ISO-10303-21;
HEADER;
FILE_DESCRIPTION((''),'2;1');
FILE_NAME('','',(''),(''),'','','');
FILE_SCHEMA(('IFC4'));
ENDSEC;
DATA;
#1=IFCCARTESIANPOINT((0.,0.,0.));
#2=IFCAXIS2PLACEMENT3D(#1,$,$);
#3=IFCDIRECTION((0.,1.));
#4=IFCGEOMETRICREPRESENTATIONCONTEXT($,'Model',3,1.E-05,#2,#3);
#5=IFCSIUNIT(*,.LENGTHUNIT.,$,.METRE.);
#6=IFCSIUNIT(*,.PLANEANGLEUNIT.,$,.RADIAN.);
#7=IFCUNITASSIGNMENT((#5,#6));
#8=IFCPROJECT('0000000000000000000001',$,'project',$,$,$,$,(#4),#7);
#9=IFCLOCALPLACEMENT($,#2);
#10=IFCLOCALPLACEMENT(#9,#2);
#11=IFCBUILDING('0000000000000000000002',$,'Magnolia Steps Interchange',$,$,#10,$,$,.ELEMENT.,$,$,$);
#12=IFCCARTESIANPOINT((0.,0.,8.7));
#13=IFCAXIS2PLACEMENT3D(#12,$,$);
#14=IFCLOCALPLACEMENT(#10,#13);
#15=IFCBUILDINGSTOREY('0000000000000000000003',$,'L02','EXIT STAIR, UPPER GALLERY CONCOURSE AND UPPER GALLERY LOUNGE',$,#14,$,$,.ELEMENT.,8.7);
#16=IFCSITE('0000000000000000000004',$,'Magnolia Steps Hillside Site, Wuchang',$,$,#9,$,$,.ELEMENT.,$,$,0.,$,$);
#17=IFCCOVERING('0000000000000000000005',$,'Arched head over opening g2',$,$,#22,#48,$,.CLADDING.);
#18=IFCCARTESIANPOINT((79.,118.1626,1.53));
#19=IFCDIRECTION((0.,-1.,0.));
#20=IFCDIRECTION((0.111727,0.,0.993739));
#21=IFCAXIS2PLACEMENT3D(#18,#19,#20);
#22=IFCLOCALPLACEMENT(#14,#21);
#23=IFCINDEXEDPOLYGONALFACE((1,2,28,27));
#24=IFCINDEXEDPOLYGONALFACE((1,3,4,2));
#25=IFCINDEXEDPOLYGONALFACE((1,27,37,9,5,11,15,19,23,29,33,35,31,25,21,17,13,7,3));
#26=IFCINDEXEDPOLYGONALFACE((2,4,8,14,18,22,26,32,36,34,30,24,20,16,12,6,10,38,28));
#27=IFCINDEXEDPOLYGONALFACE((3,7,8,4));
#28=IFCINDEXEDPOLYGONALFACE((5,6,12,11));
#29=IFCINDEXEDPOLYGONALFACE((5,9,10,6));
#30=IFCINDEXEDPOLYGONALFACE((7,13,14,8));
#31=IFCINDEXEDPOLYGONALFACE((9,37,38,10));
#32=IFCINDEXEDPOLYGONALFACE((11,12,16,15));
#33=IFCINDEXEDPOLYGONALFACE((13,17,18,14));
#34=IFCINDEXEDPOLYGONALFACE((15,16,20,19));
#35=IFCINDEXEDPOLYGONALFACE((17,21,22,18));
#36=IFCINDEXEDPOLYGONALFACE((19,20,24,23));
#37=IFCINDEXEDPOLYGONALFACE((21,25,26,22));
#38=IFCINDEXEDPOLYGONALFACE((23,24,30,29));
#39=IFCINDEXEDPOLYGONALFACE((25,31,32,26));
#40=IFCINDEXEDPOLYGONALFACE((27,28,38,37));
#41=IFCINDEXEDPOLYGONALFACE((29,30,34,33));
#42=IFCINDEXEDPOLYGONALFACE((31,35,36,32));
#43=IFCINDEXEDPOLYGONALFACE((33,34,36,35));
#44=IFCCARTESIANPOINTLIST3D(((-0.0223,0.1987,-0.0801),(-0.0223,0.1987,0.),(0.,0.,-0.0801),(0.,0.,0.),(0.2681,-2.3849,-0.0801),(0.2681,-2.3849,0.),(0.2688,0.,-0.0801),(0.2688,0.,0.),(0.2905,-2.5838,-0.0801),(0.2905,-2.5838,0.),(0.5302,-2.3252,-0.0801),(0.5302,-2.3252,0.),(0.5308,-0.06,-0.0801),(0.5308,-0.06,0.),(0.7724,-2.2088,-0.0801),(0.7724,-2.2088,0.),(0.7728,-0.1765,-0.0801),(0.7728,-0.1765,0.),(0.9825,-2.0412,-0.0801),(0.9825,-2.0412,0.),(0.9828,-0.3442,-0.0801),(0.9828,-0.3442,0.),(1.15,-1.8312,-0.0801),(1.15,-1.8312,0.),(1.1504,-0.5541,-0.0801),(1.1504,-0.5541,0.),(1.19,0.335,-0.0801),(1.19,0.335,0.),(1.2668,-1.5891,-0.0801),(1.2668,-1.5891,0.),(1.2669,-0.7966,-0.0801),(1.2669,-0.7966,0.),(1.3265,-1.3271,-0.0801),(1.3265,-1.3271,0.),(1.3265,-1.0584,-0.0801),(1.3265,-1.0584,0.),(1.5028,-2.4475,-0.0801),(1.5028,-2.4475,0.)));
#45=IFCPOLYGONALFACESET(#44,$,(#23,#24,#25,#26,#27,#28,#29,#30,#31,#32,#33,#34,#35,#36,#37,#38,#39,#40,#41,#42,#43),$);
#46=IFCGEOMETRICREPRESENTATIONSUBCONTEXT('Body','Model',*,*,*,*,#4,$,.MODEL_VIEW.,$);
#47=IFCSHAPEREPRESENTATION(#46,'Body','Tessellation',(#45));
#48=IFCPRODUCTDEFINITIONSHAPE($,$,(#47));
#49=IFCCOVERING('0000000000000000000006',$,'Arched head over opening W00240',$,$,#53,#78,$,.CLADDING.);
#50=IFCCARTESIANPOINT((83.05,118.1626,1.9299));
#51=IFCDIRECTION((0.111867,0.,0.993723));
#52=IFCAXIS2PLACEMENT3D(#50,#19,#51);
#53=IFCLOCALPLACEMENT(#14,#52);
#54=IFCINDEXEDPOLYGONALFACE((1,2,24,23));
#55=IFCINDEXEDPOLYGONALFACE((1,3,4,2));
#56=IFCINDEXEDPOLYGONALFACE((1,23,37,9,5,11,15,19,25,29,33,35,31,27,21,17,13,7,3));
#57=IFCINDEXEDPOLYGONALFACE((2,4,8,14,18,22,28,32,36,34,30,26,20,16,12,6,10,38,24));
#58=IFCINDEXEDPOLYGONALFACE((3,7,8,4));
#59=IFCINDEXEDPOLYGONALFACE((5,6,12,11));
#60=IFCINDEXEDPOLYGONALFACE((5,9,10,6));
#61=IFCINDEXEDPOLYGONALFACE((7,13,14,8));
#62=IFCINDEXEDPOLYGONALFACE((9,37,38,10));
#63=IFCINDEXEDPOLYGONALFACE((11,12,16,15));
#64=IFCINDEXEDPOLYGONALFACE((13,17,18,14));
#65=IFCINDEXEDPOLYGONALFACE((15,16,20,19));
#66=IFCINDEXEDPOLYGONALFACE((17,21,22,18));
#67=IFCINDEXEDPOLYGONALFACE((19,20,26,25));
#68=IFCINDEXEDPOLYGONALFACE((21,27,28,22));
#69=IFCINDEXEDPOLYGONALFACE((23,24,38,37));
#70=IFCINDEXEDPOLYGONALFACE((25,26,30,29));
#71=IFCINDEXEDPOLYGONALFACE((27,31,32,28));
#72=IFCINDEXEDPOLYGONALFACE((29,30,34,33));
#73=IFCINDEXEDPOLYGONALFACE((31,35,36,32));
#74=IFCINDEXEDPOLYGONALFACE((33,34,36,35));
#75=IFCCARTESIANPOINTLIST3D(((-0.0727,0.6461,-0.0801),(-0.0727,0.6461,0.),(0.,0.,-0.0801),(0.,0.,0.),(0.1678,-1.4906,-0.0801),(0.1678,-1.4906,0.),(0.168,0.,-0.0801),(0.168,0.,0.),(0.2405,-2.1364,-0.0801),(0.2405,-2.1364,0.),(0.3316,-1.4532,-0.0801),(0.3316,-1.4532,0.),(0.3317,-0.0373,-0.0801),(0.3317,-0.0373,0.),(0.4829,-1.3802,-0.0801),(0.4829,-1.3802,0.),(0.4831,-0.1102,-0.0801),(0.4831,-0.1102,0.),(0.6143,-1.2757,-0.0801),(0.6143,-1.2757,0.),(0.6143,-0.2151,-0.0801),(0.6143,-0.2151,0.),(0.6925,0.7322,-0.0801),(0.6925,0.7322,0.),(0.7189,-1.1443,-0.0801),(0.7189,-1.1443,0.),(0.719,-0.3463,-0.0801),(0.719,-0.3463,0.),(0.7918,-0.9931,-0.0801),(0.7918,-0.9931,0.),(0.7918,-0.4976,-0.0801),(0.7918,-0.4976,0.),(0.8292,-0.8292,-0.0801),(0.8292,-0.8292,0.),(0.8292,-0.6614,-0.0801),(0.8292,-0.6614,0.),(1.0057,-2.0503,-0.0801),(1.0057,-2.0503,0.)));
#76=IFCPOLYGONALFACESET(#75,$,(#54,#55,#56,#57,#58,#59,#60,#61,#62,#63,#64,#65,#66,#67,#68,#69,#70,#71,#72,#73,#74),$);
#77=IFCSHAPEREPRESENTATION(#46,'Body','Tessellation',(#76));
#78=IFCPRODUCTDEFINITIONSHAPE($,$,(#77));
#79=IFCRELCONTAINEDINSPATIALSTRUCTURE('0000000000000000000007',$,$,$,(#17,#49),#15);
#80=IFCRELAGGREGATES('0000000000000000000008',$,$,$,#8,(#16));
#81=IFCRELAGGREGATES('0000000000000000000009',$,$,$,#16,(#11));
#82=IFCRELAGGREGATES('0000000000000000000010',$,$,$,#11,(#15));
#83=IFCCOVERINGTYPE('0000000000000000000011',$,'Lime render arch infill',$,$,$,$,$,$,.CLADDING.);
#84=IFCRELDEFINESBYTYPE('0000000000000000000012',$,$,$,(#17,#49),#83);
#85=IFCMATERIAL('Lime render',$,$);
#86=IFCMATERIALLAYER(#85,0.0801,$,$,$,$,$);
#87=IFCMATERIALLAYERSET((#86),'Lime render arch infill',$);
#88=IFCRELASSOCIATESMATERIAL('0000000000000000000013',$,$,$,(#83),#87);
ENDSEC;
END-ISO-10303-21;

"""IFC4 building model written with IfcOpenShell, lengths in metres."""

from ifc_helpers import new_model, si_unit, direction, frame, origin, place, context, subcontext, project, spatial, polyline, outline, extrude, material, layer, layer_set, type_object, element, save


model = new_model("IFC4")

# Units and contexts
model_context = context("Model", 3, precision=1e-05, world=origin(), true_north=direction((0.0, 1.0)))
body_context = subcontext(model_context, "Body", "Model", "MODEL_VIEW")
ifc_project = project(units=[si_unit("LENGTHUNIT", "METRE"), si_unit("PLANEANGLEUNIT", "RADIAN")], contexts=[model_context])

# Site, building, storey
site_placement = place(None, origin())
site = spatial("IfcSite", under=ifc_project, at=site_placement, Name="Magnolia Steps Hillside Site, Wuchang", CompositionType="ELEMENT", RefElevation=0.0)
building_placement = place(site_placement, origin())
building = spatial("IfcBuilding", under=site, at=building_placement, Name="Magnolia Steps Interchange", CompositionType="ELEMENT")
storey_placement = place(building_placement, frame((0.0, 0.0, 8.7)))
storey = spatial("IfcBuildingStorey", under=building, at=storey_placement, Name="L02", Description="EXIT STAIR, UPPER GALLERY CONCOURSE AND UPPER GALLERY LOUNGE", CompositionType="ELEMENT", Elevation=8.7)

# Coverings
ifc_material_1 = material(Name="Lime render")
ifc_layer_1 = layer(ifc_material_1, 0.0801)
ifc_layer_set_1 = layer_set([ifc_layer_1], Name="Lime render arch infill")
covering_type_1 = type_object("IfcCoveringType", Name="Lime render arch infill", PredefinedType="CLADDING", material=ifc_layer_set_1)
covering_1_placement = place(storey_placement, frame((79.0, 118.1626, 1.53), z_axis=(0.0, -1.0, 0.0), x_axis=(0.111727, 0.0, 0.993739)))
element("IfcCovering", 1, at=covering_1_placement, inside=storey, type_object=covering_type_1, Name="Arched head over opening g2", PredefinedType="CLADDING", context=body_context, shape_type="SweptSolid", body=[
    extrude(outline(polyline([(0.0, 0.0), (0.2688, 0.0), (0.5308, -0.06), (0.7728, -0.1765), (0.9828, -0.3442), (1.1504, -0.5541), (1.2669, -0.7966), (1.3265, -1.0584), (1.3265, -1.3271), (1.2668, -1.5891), (1.15, -1.8312), (0.9825, -2.0412), (0.7724, -2.2088), (0.5302, -2.3252), (0.2681, -2.3849), (0.2905, -2.5838), (1.5028, -2.4475), (1.19, 0.335), (-0.0223, 0.1987), (0.0, 0.0)])), origin(), (0.0, 0.0, -1.0), 0.0801),
])
covering_2_placement = place(storey_placement, frame((83.05, 118.1626, 1.9299), z_axis=(0.0, -1.0, 0.0), x_axis=(0.111867, 0.0, 0.993723)))
element("IfcCovering", 2, at=covering_2_placement, inside=storey, type_object=covering_type_1, Name="Arched head over opening W00240", PredefinedType="CLADDING", context=body_context, shape_type="SweptSolid", body=[
    extrude(outline(polyline([(0.0, 0.0), (0.168, 0.0), (0.3317, -0.0373), (0.4831, -0.1102), (0.6143, -0.2151), (0.719, -0.3463), (0.7918, -0.4976), (0.8292, -0.6614), (0.8292, -0.8292), (0.7918, -0.9931), (0.7189, -1.1443), (0.6143, -1.2757), (0.4829, -1.3802), (0.3316, -1.4532), (0.1678, -1.4906), (0.2405, -2.1364), (1.0057, -2.0503), (0.6925, 0.7322), (-0.0727, 0.6461), (0.0, 0.0)])), origin(), (0.0, 0.0, -1.0), 0.0801),
])

save(model, "model.ifc")
